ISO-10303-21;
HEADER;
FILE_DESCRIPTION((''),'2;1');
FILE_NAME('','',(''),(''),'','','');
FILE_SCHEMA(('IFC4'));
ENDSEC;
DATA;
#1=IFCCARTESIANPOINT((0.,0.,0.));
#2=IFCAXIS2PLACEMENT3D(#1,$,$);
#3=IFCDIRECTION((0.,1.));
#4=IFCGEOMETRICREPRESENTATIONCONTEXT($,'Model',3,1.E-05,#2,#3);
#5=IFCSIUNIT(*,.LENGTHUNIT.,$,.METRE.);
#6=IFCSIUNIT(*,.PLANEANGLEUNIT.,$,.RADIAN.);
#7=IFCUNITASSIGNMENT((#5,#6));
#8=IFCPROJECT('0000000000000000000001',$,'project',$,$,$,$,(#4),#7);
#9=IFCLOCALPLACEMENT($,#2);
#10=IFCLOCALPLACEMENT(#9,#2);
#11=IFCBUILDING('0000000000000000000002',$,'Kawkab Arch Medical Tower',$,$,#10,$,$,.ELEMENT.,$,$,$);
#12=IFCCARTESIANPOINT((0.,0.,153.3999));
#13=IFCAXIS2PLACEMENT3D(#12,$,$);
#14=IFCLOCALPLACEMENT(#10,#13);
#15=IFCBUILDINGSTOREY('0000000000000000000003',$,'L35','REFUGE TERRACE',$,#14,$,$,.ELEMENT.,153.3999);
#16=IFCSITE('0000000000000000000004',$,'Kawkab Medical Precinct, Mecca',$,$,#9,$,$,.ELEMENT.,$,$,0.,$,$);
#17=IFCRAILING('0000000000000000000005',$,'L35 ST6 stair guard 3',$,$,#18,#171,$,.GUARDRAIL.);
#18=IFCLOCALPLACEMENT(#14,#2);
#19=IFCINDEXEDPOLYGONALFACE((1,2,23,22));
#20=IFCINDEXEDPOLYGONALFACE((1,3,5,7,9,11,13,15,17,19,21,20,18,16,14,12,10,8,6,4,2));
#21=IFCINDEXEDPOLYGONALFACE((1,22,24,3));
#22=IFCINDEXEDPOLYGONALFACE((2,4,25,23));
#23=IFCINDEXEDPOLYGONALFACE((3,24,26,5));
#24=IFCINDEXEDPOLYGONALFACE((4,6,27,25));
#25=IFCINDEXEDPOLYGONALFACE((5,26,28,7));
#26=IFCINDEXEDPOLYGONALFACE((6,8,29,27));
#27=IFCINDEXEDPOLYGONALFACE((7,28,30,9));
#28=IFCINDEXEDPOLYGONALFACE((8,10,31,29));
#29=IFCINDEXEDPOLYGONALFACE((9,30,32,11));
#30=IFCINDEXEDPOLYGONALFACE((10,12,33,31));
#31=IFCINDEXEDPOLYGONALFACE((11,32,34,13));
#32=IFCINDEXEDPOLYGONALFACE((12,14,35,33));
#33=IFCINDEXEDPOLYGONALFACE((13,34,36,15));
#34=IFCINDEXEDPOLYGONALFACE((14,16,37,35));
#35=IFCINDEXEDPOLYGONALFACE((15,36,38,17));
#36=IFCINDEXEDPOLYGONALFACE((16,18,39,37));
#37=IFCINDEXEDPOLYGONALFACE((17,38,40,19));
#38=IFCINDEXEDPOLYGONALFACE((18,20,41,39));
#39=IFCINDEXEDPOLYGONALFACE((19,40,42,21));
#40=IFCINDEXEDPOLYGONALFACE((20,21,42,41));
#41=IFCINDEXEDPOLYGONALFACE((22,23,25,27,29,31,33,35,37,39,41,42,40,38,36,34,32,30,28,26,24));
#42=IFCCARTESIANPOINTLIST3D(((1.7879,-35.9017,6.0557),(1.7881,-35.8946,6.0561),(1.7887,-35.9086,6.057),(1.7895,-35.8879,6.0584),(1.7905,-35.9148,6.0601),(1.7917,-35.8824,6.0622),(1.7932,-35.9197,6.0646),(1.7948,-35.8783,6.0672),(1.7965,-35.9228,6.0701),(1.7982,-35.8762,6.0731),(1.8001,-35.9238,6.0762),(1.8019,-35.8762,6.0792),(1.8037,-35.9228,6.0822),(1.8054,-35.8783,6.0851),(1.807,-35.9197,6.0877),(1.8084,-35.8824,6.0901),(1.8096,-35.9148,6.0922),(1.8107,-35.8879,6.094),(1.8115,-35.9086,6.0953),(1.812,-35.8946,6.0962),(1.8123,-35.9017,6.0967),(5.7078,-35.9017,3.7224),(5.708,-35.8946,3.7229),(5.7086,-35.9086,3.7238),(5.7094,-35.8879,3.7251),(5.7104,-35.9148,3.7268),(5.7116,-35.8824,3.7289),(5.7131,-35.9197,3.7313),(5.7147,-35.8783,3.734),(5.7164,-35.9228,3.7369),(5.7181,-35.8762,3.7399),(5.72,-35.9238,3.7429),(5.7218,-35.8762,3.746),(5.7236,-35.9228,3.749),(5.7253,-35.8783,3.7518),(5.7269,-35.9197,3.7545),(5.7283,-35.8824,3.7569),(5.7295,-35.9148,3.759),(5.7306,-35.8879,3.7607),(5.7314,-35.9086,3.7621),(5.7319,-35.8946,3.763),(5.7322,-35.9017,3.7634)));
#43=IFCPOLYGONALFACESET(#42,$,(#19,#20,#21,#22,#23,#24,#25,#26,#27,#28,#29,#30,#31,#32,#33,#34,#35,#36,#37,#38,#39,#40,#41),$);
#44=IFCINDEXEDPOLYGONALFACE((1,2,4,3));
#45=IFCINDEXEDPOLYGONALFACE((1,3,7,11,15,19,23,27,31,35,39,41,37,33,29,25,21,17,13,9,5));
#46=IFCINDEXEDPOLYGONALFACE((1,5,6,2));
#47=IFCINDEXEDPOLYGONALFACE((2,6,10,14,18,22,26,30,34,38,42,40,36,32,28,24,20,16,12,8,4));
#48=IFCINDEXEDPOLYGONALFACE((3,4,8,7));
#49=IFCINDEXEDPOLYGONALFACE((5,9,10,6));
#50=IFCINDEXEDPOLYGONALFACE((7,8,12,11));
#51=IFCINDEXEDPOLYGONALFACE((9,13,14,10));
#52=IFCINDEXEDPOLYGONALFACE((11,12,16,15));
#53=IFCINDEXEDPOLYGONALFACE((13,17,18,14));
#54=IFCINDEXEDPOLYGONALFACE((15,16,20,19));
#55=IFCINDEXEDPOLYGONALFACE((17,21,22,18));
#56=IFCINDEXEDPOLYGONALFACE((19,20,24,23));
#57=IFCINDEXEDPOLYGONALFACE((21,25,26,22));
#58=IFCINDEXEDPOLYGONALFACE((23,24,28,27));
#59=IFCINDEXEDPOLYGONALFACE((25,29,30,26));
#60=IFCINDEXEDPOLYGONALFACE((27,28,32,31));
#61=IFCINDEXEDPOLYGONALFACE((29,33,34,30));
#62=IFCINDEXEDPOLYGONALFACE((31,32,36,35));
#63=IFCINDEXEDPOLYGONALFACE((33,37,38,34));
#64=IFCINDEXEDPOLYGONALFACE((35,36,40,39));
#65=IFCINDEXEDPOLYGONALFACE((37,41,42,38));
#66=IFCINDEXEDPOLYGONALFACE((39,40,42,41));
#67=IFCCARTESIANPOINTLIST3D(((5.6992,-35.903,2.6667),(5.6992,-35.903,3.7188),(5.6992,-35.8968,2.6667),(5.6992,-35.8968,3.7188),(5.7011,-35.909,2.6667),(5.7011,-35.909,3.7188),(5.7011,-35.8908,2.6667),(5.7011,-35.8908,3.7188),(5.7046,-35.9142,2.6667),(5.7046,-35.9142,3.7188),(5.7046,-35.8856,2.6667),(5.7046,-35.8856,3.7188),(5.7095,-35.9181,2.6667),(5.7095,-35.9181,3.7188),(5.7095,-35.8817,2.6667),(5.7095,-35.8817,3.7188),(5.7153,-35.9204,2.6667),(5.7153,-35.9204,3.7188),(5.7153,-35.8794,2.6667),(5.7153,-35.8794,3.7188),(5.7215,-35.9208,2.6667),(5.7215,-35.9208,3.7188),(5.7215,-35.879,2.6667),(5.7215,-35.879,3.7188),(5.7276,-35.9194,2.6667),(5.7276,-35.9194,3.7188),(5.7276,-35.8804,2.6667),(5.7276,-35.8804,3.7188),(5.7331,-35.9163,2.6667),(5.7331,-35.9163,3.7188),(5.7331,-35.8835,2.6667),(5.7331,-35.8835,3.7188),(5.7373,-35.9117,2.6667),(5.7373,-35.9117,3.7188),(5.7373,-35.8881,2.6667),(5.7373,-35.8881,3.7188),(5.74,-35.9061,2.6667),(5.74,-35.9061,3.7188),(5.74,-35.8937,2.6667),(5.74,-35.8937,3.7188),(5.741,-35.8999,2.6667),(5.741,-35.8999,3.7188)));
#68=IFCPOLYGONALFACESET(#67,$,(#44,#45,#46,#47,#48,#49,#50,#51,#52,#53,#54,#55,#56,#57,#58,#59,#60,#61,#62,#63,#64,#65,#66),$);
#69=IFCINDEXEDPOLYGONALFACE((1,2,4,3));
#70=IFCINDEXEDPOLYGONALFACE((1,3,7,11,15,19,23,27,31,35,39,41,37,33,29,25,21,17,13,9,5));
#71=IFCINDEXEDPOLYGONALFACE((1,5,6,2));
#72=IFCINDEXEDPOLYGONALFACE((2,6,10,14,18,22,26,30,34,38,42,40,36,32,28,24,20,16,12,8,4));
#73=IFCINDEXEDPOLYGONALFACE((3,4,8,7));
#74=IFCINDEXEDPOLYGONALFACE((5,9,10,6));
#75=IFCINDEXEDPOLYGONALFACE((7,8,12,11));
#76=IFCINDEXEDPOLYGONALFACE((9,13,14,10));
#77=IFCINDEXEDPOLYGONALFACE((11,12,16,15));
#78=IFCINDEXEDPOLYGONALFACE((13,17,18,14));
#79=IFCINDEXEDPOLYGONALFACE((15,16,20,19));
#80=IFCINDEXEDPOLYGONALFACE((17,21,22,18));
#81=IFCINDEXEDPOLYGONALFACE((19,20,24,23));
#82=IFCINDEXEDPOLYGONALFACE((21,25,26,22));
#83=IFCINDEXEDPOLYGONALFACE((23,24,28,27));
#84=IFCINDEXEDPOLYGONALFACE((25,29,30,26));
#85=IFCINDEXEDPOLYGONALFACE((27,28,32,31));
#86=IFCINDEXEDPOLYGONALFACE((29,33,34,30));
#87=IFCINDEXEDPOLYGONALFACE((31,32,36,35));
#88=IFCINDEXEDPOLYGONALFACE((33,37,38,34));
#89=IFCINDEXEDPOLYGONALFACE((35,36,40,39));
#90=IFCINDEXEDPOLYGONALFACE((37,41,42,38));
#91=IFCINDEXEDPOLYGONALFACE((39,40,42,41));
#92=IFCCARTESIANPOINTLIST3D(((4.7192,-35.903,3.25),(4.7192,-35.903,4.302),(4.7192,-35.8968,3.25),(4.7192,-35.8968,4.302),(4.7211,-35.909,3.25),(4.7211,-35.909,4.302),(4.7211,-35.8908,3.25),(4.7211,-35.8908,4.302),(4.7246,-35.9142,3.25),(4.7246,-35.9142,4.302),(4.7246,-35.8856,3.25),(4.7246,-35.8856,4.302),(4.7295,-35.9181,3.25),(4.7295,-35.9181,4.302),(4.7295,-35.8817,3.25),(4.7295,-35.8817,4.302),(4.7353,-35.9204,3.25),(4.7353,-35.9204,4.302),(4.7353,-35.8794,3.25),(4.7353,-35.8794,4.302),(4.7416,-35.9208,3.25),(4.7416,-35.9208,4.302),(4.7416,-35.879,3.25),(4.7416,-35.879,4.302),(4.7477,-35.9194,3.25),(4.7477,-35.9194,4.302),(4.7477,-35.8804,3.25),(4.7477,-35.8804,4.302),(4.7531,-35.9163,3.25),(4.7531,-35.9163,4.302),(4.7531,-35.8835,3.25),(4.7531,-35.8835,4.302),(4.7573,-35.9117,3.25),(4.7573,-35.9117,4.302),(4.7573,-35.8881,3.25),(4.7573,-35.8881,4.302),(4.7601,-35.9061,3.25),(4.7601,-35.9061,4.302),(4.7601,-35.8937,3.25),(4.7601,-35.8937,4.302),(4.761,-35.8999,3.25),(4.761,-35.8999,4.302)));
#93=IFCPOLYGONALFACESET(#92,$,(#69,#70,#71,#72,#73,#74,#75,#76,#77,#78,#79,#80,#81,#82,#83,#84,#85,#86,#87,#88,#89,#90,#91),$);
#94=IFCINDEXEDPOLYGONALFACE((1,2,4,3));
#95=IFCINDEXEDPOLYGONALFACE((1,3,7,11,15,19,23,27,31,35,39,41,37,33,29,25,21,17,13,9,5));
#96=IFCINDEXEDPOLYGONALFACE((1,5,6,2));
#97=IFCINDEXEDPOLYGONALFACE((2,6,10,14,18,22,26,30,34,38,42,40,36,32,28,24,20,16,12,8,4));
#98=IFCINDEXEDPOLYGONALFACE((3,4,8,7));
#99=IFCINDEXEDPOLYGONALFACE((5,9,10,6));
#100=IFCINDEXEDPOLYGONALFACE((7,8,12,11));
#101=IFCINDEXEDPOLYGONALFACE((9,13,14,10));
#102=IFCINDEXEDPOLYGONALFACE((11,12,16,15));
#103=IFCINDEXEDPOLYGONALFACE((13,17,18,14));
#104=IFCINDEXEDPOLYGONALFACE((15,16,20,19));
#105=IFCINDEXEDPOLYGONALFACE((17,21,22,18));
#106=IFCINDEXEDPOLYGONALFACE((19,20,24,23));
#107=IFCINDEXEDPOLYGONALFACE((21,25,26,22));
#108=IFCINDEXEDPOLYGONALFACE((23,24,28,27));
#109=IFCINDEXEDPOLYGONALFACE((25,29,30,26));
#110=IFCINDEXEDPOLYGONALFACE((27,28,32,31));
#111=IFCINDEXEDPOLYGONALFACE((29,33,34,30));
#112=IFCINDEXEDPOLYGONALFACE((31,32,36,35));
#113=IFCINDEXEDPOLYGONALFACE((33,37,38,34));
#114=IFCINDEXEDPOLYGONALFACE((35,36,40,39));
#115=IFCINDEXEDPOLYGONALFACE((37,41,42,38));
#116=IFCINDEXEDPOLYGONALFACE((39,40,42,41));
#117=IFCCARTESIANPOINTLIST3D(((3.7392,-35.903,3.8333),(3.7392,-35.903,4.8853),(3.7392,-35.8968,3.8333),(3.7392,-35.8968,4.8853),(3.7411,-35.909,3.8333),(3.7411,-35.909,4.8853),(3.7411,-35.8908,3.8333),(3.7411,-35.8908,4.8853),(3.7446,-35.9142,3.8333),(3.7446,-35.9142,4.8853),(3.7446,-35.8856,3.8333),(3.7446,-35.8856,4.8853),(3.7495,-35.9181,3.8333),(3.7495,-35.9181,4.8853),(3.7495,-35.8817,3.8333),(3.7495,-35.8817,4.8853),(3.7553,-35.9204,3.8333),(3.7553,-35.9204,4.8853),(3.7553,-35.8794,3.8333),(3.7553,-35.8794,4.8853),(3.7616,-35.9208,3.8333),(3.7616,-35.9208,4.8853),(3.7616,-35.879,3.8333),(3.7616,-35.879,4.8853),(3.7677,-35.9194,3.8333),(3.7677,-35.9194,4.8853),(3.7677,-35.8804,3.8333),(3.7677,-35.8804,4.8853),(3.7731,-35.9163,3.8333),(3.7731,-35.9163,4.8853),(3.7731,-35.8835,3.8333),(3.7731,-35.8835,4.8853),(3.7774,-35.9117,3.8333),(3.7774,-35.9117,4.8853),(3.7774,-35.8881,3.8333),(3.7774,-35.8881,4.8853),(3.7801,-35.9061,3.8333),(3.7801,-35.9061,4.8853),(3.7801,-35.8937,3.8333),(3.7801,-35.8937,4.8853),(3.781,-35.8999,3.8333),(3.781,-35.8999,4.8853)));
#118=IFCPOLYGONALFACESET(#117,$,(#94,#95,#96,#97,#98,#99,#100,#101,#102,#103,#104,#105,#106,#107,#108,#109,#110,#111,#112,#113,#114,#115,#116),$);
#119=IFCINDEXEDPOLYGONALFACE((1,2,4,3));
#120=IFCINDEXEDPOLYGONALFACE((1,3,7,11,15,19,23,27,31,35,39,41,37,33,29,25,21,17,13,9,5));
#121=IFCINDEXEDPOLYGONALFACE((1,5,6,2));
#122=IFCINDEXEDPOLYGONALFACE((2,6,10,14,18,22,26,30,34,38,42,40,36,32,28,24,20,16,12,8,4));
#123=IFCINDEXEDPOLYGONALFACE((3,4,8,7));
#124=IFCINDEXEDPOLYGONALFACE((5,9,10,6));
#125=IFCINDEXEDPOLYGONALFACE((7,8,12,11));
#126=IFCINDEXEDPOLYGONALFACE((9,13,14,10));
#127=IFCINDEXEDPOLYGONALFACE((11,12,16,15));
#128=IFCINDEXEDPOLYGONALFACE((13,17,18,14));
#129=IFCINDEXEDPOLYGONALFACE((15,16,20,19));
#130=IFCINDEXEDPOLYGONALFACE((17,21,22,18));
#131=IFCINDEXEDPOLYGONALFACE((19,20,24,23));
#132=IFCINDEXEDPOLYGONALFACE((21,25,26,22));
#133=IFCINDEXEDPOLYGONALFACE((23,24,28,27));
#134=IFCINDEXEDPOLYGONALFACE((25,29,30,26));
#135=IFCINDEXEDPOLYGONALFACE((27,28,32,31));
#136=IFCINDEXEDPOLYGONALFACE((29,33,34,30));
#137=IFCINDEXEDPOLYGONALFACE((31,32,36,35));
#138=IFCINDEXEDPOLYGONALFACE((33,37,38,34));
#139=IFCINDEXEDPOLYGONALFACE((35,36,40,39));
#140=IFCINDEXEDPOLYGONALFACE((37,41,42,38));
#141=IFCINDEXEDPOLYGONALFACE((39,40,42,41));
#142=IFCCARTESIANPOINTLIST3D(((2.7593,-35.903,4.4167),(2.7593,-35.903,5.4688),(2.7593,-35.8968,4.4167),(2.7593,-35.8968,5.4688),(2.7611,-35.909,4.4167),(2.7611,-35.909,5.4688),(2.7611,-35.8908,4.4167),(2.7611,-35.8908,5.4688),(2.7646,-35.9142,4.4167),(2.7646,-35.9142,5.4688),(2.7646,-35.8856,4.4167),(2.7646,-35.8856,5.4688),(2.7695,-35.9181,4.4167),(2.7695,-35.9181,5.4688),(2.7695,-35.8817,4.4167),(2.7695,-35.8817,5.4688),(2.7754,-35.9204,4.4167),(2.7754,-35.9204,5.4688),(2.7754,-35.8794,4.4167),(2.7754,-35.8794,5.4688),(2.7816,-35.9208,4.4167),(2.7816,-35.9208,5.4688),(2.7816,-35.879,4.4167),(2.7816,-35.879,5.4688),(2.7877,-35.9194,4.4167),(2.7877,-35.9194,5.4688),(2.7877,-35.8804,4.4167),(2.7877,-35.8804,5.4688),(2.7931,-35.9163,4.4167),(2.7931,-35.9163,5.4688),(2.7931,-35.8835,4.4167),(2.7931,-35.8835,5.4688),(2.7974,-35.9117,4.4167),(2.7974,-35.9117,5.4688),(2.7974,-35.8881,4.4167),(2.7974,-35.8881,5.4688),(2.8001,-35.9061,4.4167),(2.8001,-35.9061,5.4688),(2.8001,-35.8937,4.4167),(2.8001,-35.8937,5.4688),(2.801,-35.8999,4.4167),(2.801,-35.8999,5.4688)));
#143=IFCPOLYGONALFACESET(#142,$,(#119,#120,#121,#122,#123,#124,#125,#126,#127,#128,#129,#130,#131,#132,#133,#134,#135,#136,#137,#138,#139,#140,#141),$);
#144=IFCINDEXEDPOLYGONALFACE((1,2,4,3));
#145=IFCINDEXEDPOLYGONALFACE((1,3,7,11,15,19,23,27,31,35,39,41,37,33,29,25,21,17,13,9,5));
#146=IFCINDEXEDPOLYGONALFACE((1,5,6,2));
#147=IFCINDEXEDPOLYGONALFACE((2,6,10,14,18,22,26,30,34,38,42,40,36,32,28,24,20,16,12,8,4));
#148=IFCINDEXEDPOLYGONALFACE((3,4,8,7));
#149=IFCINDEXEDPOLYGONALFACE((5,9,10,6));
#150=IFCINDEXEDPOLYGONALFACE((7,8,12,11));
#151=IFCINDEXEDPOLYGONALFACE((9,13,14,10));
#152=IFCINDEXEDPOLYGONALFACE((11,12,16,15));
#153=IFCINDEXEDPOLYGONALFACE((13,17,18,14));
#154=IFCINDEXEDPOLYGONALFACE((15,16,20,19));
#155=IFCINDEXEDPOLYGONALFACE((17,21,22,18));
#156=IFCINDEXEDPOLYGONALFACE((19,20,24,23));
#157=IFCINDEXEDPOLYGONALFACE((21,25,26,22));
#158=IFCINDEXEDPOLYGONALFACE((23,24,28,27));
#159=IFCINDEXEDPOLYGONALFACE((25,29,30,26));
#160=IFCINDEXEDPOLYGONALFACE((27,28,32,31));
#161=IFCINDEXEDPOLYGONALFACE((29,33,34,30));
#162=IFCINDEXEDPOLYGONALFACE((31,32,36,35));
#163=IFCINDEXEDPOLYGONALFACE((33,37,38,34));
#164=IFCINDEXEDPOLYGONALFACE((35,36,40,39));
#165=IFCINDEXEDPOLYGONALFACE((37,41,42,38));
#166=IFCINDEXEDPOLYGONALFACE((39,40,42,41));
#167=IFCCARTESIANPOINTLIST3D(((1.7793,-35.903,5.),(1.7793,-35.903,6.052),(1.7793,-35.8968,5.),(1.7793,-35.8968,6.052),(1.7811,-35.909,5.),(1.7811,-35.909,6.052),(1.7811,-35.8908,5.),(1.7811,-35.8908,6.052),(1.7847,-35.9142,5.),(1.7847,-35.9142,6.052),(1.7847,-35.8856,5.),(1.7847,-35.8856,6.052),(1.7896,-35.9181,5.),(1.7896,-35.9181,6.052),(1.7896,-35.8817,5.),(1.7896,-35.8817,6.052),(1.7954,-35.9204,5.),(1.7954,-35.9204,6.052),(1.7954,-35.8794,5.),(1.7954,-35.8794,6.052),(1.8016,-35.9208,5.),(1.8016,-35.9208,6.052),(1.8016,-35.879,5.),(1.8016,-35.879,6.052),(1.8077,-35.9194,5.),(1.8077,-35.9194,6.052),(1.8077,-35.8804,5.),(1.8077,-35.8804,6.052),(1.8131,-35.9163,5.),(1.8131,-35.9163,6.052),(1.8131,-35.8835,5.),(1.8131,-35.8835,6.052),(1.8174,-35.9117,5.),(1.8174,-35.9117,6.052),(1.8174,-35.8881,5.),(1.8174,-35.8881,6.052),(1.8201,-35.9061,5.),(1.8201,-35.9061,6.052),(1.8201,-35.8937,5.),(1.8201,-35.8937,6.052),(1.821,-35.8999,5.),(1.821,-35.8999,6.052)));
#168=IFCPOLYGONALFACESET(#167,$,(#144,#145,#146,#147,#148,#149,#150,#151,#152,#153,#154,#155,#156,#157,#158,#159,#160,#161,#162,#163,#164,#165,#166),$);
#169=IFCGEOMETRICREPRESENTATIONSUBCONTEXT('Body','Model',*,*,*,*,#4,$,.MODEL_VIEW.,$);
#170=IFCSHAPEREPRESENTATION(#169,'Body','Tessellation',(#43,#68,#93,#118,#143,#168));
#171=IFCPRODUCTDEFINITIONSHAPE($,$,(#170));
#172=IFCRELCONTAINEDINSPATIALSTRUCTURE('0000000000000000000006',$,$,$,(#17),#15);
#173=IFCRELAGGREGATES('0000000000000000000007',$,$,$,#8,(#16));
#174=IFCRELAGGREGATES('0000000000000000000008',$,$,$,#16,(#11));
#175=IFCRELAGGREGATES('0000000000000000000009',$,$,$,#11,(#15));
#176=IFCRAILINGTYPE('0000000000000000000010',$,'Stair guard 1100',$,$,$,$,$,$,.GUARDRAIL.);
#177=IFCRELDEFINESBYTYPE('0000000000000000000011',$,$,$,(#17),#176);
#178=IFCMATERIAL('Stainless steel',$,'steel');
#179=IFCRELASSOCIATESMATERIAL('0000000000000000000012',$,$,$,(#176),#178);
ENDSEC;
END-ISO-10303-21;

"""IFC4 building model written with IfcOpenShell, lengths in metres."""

from ifc_helpers import new_model, si_unit, direction, frame, origin, origin_2d, place, context, subcontext, project, spatial, circle, extrude, material, type_object, element, save


model = new_model("IFC4")

# Units and contexts
model_context = context("Model", 3, precision=1e-05, world=origin(), true_north=direction((0.0, 1.0)))
body_context = subcontext(model_context, "Body", "Model", "MODEL_VIEW")
ifc_project = project(units=[si_unit("LENGTHUNIT", "METRE"), si_unit("PLANEANGLEUNIT", "RADIAN")], contexts=[model_context])

# Site, building, storey
site_placement = place(None, origin())
site = spatial("IfcSite", under=ifc_project, at=site_placement, Name="Kawkab Medical Precinct, Mecca", CompositionType="ELEMENT", RefElevation=0.0)
building_placement = place(site_placement, origin())
building = spatial("IfcBuilding", under=site, at=building_placement, Name="Kawkab Arch Medical Tower", CompositionType="ELEMENT")
storey_placement = place(building_placement, frame((0.0, 0.0, 153.3999)))
storey = spatial("IfcBuildingStorey", under=building, at=storey_placement, Name="L35", Description="REFUGE TERRACE", CompositionType="ELEMENT", Elevation=153.3999)

# Railing
ifc_material_1 = material(Name="Stainless steel", Category="steel")
railing_type = type_object("IfcRailingType", Name="Stair guard 1100", PredefinedType="GUARDRAIL", material=ifc_material_1)
railing_1_placement = place(storey_placement, frame((5.72, -35.8999, 2.6667)))
element("IfcRailing", 1, at=railing_1_placement, inside=storey, type_object=railing_type, Name="L35 ST6 stair guard 3", PredefinedType="GUARDRAIL", context=body_context, shape_type="SweptSolid", body=[
    extrude(circle(Radius=0.0239, at=origin_2d()), frame((0.0, 0.0, 1.0762), z_axis=(-0.859296, 0.0, 0.511478), x_axis=(0.0, -1.0, 0.0)), (0.0, 0.0, 1.0), 4.5618),
    extrude(circle(Radius=0.021, at=origin_2d()), origin(), (0.0, 0.0, 1.0), 1.052),
    extrude(circle(Radius=0.021, at=origin_2d()), frame((-0.98, 0.0, 0.5833)), (0.0, 0.0, 1.0), 1.052),
    extrude(circle(Radius=0.021, at=origin_2d()), frame((-1.96, 0.0, 1.1665)), (0.0, 0.0, 1.0), 1.052),
    extrude(circle(Radius=0.021, at=origin_2d()), frame((-2.9399, 0.0, 1.75)), (0.0, 0.0, 1.0), 1.052),
    extrude(circle(Radius=0.021, at=origin_2d()), frame((-3.9199, 0.0, 2.3333)), (0.0, 0.0, 1.0), 1.052),
])

save(model, "model.ifc")
